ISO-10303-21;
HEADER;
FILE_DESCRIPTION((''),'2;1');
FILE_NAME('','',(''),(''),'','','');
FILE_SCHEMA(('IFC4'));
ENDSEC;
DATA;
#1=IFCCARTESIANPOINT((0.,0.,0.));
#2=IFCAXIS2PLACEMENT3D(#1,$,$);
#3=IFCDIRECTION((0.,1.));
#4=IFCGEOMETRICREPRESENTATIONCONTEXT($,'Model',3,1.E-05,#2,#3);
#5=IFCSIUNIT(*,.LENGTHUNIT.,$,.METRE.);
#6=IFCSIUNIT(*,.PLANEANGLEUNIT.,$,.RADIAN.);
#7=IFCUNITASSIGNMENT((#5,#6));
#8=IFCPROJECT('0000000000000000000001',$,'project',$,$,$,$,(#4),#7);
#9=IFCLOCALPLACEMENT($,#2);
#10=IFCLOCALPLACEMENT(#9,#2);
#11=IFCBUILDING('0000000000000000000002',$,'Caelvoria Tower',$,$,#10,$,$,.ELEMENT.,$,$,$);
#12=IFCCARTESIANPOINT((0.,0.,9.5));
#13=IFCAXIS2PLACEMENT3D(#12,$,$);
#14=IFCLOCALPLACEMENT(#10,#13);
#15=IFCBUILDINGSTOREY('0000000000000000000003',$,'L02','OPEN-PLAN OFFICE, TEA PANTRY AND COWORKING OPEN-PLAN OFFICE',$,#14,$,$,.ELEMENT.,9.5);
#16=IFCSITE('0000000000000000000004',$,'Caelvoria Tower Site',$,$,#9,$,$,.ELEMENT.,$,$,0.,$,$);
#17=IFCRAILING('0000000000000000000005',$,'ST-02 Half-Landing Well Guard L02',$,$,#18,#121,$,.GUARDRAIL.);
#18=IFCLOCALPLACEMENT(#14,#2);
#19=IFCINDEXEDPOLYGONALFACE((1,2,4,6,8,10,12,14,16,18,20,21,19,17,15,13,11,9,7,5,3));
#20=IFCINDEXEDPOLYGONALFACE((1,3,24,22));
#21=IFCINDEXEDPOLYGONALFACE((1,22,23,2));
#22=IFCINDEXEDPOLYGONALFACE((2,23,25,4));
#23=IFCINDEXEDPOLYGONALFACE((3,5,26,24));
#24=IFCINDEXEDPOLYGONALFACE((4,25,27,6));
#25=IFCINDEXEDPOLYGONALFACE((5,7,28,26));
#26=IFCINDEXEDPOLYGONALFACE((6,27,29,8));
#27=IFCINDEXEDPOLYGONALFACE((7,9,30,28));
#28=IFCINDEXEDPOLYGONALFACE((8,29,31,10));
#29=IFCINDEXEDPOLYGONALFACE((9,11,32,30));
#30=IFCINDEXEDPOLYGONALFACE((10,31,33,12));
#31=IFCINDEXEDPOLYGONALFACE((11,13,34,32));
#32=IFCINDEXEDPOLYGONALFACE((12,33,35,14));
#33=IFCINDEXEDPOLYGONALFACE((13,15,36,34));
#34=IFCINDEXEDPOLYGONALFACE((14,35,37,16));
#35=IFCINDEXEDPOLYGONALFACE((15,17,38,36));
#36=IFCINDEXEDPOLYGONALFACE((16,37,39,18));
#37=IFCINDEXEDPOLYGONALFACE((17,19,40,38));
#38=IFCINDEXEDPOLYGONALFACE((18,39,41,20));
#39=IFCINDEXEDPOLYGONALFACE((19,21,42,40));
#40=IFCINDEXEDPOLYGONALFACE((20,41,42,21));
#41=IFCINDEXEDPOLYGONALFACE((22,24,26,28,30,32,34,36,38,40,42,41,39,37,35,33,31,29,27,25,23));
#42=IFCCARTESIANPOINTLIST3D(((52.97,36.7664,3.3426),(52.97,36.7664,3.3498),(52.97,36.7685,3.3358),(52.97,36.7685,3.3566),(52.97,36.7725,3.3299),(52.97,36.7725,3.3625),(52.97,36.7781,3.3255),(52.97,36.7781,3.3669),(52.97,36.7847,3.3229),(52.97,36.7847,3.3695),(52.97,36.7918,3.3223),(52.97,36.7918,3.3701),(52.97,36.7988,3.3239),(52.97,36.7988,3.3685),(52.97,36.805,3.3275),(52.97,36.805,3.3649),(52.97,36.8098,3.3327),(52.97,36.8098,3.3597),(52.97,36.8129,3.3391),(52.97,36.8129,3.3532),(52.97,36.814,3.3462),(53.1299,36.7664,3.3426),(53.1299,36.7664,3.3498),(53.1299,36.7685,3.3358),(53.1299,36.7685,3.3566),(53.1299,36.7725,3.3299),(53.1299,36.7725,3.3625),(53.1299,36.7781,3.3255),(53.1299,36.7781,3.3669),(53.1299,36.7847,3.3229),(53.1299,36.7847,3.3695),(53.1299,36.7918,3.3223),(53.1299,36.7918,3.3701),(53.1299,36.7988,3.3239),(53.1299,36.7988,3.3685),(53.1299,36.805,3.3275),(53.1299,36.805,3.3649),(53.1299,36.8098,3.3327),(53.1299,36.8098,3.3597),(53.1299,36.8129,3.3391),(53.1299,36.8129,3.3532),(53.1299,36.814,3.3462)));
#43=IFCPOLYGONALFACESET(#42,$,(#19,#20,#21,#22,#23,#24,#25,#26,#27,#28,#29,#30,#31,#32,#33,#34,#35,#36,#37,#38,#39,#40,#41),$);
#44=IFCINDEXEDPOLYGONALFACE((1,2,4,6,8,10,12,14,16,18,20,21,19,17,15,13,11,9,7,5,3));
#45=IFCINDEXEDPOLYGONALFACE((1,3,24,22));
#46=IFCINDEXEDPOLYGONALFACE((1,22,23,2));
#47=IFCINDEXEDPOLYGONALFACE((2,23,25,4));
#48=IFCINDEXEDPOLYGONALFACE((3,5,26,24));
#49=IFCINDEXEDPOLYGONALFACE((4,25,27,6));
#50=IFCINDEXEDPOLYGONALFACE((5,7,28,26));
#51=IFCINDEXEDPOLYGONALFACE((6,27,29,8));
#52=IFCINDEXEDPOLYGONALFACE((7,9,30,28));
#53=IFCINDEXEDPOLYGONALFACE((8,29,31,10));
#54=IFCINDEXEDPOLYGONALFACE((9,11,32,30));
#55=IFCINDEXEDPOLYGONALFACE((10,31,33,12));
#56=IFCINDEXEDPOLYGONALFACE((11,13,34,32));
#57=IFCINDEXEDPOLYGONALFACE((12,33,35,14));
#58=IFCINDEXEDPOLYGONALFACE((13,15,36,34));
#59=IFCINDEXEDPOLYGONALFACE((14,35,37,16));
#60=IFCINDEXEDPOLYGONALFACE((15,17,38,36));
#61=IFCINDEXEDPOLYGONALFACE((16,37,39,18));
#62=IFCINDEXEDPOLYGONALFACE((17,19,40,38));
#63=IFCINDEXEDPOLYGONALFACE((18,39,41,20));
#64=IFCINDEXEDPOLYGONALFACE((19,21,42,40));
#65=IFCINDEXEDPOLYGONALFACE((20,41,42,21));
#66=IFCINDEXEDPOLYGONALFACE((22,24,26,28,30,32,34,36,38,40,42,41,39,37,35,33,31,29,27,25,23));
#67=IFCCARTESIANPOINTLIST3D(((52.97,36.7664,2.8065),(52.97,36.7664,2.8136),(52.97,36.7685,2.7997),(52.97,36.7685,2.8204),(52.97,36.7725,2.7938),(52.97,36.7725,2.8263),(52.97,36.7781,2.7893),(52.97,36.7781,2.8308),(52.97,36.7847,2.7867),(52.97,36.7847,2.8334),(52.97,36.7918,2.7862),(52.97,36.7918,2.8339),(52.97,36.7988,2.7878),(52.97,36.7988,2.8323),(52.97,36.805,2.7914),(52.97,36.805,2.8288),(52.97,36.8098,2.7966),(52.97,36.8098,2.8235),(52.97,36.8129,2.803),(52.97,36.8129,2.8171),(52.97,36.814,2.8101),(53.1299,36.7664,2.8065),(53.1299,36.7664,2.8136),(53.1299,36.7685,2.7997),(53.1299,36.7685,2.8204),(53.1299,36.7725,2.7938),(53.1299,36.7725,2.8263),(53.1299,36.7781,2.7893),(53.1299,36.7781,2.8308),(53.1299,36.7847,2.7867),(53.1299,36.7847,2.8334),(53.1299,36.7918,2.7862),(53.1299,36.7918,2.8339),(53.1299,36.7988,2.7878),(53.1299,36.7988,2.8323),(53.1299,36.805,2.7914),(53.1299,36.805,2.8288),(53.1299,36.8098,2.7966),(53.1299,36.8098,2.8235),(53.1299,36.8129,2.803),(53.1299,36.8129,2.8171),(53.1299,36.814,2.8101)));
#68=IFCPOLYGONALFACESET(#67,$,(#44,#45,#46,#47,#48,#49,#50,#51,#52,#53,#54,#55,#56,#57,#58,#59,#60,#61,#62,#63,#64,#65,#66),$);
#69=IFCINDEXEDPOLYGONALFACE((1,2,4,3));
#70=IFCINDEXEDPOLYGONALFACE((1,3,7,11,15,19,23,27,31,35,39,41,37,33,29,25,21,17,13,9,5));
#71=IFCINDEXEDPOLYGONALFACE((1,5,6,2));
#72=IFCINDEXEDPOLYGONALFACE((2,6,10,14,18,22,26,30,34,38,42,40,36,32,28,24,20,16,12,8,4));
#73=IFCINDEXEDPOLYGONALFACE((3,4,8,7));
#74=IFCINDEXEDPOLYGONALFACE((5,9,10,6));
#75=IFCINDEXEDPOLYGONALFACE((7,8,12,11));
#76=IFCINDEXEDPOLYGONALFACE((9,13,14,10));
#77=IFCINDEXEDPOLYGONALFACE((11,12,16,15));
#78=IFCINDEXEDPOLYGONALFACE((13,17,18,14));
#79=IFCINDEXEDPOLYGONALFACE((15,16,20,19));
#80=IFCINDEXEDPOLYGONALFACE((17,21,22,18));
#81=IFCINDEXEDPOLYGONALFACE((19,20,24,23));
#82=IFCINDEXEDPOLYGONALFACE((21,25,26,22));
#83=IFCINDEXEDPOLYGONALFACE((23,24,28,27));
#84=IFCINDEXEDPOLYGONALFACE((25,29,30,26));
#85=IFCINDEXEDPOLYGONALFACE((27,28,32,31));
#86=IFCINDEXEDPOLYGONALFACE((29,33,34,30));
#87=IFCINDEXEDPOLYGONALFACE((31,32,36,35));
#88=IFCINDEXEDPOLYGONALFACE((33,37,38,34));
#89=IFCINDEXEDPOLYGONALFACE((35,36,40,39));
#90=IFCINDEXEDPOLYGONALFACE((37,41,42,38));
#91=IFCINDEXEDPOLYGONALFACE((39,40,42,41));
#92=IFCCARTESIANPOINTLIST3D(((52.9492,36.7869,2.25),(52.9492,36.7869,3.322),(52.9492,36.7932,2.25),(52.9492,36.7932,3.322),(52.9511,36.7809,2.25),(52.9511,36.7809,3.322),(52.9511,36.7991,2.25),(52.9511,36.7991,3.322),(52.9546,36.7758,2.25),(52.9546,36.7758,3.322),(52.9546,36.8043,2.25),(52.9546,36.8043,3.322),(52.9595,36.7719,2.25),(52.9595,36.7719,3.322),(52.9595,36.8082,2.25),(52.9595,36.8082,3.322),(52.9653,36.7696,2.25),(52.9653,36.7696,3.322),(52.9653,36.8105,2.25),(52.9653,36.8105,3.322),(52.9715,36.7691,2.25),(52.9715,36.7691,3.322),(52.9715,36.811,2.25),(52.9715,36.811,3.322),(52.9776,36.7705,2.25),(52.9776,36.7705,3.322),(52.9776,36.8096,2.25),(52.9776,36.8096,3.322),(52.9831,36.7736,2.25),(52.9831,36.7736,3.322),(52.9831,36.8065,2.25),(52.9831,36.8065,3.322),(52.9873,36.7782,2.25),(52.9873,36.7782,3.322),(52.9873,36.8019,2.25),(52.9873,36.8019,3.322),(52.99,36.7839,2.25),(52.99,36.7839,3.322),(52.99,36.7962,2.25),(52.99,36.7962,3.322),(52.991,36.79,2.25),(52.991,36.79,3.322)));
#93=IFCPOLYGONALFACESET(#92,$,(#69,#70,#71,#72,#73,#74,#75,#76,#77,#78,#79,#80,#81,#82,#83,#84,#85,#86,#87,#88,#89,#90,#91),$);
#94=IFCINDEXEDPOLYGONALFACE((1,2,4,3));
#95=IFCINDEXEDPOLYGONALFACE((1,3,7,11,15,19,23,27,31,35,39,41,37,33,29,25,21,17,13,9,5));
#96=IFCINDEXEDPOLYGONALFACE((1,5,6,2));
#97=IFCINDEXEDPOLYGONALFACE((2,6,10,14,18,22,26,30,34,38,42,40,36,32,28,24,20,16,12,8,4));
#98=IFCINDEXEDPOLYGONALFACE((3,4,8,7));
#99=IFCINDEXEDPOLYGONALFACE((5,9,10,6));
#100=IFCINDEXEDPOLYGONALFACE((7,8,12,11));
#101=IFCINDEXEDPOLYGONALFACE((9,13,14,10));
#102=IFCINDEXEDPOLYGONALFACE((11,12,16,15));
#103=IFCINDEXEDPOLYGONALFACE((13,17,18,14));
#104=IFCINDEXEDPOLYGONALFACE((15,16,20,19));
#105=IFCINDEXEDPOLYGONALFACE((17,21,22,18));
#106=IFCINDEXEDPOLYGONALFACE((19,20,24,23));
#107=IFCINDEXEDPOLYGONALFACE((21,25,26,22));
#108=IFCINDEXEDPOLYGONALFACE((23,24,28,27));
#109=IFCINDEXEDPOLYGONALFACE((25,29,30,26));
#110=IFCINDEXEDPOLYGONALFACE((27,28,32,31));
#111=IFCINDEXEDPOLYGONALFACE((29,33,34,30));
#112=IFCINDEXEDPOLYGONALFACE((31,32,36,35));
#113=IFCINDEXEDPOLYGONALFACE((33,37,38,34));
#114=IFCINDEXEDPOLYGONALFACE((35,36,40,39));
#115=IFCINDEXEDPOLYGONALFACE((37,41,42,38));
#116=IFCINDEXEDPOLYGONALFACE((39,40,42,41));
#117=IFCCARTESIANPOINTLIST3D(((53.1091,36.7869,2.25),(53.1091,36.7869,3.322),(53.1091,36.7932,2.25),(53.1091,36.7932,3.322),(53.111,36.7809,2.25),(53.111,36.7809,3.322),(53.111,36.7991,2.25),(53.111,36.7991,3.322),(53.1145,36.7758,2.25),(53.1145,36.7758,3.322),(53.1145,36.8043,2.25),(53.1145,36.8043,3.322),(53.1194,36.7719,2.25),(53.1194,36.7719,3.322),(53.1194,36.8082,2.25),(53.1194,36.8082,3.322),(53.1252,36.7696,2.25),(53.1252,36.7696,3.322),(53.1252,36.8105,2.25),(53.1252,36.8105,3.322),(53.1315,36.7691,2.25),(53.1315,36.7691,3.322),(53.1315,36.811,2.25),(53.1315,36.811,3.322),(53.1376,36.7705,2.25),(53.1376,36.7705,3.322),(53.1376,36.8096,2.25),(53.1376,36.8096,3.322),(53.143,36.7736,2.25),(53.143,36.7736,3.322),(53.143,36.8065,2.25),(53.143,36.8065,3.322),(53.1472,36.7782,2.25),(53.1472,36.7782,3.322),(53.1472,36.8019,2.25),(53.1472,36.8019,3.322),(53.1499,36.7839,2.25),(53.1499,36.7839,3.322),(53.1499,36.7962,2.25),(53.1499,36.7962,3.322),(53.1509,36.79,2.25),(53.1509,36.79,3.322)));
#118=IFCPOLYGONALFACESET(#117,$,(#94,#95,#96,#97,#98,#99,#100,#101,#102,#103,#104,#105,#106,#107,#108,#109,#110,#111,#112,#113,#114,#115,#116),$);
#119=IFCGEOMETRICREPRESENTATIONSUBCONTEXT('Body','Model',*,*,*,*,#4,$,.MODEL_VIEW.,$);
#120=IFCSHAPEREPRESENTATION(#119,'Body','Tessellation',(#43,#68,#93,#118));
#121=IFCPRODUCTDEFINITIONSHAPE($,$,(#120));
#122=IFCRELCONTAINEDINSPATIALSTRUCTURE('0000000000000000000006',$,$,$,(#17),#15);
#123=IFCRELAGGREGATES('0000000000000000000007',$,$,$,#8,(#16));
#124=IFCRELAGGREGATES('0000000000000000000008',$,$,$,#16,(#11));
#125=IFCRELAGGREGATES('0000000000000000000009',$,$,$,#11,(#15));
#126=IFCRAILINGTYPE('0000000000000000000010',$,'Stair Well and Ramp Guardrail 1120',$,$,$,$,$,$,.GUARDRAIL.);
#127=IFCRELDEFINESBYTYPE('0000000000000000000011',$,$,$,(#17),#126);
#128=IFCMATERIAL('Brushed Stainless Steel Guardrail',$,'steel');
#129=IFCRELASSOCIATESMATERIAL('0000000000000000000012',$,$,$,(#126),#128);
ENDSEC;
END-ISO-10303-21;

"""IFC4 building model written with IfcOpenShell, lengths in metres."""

from ifc_helpers import new_model, si_unit, direction, frame, origin, origin_2d, place, context, subcontext, project, spatial, circle, extrude, material, type_object, element, save


model = new_model("IFC4")

# Units and contexts
model_context = context("Model", 3, precision=1e-05, world=origin(), true_north=direction((0.0, 1.0)))
body_context = subcontext(model_context, "Body", "Model", "MODEL_VIEW")
ifc_project = project(units=[si_unit("LENGTHUNIT", "METRE"), si_unit("PLANEANGLEUNIT", "RADIAN")], contexts=[model_context])

# Site, building, storey
site_placement = place(None, origin())
site = spatial("IfcSite", under=ifc_project, at=site_placement, Name="Caelvoria Tower Site", CompositionType="ELEMENT", RefElevation=0.0)
building_placement = place(site_placement, origin())
building = spatial("IfcBuilding", under=site, at=building_placement, Name="Caelvoria Tower", CompositionType="ELEMENT")
storey_placement = place(building_placement, frame((0.0, 0.0, 9.5)))
storey = spatial("IfcBuildingStorey", under=building, at=storey_placement, Name="L02", Description="OPEN-PLAN OFFICE, TEA PANTRY AND COWORKING OPEN-PLAN OFFICE", CompositionType="ELEMENT", Elevation=9.5)

# Railing
ifc_material_1 = material(Name="Brushed Stainless Steel Guardrail", Category="steel")
railing_type_1 = type_object("IfcRailingType", Name="Stair Well and Ramp Guardrail 1120", PredefinedType="GUARDRAIL", material=ifc_material_1)
railing_1_placement = place(storey_placement, frame((52.97, 36.79, 2.25)))
element("IfcRailing", 1, at=railing_1_placement, inside=storey, type_object=railing_type_1, Name="ST-02 Half-Landing Well Guard L02", PredefinedType="GUARDRAIL", context=body_context, shape_type="SweptSolid", body=[
    extrude(circle(Radius=0.0239, at=origin_2d()), frame((0.0, 0.0, 1.0962), z_axis=(1.0, 0.0, 0.0), x_axis=(0.0, 1.0, 0.0)), (0.0, 0.0, 1.0), 0.1599),
    extrude(circle(Radius=0.0239, at=origin_2d()), frame((0.0, 0.0, 0.5601), z_axis=(1.0, 0.0, 0.0), x_axis=(0.0, 1.0, 0.0)), (0.0, 0.0, 1.0), 0.1599),
    extrude(circle(Radius=0.021, at=origin_2d()), origin(), (0.0, 0.0, 1.0), 1.072),
    extrude(circle(Radius=0.021, at=origin_2d()), frame((0.1599, 0.0, 0.0)), (0.0, 0.0, 1.0), 1.072),
])

save(model, "model.ifc")
